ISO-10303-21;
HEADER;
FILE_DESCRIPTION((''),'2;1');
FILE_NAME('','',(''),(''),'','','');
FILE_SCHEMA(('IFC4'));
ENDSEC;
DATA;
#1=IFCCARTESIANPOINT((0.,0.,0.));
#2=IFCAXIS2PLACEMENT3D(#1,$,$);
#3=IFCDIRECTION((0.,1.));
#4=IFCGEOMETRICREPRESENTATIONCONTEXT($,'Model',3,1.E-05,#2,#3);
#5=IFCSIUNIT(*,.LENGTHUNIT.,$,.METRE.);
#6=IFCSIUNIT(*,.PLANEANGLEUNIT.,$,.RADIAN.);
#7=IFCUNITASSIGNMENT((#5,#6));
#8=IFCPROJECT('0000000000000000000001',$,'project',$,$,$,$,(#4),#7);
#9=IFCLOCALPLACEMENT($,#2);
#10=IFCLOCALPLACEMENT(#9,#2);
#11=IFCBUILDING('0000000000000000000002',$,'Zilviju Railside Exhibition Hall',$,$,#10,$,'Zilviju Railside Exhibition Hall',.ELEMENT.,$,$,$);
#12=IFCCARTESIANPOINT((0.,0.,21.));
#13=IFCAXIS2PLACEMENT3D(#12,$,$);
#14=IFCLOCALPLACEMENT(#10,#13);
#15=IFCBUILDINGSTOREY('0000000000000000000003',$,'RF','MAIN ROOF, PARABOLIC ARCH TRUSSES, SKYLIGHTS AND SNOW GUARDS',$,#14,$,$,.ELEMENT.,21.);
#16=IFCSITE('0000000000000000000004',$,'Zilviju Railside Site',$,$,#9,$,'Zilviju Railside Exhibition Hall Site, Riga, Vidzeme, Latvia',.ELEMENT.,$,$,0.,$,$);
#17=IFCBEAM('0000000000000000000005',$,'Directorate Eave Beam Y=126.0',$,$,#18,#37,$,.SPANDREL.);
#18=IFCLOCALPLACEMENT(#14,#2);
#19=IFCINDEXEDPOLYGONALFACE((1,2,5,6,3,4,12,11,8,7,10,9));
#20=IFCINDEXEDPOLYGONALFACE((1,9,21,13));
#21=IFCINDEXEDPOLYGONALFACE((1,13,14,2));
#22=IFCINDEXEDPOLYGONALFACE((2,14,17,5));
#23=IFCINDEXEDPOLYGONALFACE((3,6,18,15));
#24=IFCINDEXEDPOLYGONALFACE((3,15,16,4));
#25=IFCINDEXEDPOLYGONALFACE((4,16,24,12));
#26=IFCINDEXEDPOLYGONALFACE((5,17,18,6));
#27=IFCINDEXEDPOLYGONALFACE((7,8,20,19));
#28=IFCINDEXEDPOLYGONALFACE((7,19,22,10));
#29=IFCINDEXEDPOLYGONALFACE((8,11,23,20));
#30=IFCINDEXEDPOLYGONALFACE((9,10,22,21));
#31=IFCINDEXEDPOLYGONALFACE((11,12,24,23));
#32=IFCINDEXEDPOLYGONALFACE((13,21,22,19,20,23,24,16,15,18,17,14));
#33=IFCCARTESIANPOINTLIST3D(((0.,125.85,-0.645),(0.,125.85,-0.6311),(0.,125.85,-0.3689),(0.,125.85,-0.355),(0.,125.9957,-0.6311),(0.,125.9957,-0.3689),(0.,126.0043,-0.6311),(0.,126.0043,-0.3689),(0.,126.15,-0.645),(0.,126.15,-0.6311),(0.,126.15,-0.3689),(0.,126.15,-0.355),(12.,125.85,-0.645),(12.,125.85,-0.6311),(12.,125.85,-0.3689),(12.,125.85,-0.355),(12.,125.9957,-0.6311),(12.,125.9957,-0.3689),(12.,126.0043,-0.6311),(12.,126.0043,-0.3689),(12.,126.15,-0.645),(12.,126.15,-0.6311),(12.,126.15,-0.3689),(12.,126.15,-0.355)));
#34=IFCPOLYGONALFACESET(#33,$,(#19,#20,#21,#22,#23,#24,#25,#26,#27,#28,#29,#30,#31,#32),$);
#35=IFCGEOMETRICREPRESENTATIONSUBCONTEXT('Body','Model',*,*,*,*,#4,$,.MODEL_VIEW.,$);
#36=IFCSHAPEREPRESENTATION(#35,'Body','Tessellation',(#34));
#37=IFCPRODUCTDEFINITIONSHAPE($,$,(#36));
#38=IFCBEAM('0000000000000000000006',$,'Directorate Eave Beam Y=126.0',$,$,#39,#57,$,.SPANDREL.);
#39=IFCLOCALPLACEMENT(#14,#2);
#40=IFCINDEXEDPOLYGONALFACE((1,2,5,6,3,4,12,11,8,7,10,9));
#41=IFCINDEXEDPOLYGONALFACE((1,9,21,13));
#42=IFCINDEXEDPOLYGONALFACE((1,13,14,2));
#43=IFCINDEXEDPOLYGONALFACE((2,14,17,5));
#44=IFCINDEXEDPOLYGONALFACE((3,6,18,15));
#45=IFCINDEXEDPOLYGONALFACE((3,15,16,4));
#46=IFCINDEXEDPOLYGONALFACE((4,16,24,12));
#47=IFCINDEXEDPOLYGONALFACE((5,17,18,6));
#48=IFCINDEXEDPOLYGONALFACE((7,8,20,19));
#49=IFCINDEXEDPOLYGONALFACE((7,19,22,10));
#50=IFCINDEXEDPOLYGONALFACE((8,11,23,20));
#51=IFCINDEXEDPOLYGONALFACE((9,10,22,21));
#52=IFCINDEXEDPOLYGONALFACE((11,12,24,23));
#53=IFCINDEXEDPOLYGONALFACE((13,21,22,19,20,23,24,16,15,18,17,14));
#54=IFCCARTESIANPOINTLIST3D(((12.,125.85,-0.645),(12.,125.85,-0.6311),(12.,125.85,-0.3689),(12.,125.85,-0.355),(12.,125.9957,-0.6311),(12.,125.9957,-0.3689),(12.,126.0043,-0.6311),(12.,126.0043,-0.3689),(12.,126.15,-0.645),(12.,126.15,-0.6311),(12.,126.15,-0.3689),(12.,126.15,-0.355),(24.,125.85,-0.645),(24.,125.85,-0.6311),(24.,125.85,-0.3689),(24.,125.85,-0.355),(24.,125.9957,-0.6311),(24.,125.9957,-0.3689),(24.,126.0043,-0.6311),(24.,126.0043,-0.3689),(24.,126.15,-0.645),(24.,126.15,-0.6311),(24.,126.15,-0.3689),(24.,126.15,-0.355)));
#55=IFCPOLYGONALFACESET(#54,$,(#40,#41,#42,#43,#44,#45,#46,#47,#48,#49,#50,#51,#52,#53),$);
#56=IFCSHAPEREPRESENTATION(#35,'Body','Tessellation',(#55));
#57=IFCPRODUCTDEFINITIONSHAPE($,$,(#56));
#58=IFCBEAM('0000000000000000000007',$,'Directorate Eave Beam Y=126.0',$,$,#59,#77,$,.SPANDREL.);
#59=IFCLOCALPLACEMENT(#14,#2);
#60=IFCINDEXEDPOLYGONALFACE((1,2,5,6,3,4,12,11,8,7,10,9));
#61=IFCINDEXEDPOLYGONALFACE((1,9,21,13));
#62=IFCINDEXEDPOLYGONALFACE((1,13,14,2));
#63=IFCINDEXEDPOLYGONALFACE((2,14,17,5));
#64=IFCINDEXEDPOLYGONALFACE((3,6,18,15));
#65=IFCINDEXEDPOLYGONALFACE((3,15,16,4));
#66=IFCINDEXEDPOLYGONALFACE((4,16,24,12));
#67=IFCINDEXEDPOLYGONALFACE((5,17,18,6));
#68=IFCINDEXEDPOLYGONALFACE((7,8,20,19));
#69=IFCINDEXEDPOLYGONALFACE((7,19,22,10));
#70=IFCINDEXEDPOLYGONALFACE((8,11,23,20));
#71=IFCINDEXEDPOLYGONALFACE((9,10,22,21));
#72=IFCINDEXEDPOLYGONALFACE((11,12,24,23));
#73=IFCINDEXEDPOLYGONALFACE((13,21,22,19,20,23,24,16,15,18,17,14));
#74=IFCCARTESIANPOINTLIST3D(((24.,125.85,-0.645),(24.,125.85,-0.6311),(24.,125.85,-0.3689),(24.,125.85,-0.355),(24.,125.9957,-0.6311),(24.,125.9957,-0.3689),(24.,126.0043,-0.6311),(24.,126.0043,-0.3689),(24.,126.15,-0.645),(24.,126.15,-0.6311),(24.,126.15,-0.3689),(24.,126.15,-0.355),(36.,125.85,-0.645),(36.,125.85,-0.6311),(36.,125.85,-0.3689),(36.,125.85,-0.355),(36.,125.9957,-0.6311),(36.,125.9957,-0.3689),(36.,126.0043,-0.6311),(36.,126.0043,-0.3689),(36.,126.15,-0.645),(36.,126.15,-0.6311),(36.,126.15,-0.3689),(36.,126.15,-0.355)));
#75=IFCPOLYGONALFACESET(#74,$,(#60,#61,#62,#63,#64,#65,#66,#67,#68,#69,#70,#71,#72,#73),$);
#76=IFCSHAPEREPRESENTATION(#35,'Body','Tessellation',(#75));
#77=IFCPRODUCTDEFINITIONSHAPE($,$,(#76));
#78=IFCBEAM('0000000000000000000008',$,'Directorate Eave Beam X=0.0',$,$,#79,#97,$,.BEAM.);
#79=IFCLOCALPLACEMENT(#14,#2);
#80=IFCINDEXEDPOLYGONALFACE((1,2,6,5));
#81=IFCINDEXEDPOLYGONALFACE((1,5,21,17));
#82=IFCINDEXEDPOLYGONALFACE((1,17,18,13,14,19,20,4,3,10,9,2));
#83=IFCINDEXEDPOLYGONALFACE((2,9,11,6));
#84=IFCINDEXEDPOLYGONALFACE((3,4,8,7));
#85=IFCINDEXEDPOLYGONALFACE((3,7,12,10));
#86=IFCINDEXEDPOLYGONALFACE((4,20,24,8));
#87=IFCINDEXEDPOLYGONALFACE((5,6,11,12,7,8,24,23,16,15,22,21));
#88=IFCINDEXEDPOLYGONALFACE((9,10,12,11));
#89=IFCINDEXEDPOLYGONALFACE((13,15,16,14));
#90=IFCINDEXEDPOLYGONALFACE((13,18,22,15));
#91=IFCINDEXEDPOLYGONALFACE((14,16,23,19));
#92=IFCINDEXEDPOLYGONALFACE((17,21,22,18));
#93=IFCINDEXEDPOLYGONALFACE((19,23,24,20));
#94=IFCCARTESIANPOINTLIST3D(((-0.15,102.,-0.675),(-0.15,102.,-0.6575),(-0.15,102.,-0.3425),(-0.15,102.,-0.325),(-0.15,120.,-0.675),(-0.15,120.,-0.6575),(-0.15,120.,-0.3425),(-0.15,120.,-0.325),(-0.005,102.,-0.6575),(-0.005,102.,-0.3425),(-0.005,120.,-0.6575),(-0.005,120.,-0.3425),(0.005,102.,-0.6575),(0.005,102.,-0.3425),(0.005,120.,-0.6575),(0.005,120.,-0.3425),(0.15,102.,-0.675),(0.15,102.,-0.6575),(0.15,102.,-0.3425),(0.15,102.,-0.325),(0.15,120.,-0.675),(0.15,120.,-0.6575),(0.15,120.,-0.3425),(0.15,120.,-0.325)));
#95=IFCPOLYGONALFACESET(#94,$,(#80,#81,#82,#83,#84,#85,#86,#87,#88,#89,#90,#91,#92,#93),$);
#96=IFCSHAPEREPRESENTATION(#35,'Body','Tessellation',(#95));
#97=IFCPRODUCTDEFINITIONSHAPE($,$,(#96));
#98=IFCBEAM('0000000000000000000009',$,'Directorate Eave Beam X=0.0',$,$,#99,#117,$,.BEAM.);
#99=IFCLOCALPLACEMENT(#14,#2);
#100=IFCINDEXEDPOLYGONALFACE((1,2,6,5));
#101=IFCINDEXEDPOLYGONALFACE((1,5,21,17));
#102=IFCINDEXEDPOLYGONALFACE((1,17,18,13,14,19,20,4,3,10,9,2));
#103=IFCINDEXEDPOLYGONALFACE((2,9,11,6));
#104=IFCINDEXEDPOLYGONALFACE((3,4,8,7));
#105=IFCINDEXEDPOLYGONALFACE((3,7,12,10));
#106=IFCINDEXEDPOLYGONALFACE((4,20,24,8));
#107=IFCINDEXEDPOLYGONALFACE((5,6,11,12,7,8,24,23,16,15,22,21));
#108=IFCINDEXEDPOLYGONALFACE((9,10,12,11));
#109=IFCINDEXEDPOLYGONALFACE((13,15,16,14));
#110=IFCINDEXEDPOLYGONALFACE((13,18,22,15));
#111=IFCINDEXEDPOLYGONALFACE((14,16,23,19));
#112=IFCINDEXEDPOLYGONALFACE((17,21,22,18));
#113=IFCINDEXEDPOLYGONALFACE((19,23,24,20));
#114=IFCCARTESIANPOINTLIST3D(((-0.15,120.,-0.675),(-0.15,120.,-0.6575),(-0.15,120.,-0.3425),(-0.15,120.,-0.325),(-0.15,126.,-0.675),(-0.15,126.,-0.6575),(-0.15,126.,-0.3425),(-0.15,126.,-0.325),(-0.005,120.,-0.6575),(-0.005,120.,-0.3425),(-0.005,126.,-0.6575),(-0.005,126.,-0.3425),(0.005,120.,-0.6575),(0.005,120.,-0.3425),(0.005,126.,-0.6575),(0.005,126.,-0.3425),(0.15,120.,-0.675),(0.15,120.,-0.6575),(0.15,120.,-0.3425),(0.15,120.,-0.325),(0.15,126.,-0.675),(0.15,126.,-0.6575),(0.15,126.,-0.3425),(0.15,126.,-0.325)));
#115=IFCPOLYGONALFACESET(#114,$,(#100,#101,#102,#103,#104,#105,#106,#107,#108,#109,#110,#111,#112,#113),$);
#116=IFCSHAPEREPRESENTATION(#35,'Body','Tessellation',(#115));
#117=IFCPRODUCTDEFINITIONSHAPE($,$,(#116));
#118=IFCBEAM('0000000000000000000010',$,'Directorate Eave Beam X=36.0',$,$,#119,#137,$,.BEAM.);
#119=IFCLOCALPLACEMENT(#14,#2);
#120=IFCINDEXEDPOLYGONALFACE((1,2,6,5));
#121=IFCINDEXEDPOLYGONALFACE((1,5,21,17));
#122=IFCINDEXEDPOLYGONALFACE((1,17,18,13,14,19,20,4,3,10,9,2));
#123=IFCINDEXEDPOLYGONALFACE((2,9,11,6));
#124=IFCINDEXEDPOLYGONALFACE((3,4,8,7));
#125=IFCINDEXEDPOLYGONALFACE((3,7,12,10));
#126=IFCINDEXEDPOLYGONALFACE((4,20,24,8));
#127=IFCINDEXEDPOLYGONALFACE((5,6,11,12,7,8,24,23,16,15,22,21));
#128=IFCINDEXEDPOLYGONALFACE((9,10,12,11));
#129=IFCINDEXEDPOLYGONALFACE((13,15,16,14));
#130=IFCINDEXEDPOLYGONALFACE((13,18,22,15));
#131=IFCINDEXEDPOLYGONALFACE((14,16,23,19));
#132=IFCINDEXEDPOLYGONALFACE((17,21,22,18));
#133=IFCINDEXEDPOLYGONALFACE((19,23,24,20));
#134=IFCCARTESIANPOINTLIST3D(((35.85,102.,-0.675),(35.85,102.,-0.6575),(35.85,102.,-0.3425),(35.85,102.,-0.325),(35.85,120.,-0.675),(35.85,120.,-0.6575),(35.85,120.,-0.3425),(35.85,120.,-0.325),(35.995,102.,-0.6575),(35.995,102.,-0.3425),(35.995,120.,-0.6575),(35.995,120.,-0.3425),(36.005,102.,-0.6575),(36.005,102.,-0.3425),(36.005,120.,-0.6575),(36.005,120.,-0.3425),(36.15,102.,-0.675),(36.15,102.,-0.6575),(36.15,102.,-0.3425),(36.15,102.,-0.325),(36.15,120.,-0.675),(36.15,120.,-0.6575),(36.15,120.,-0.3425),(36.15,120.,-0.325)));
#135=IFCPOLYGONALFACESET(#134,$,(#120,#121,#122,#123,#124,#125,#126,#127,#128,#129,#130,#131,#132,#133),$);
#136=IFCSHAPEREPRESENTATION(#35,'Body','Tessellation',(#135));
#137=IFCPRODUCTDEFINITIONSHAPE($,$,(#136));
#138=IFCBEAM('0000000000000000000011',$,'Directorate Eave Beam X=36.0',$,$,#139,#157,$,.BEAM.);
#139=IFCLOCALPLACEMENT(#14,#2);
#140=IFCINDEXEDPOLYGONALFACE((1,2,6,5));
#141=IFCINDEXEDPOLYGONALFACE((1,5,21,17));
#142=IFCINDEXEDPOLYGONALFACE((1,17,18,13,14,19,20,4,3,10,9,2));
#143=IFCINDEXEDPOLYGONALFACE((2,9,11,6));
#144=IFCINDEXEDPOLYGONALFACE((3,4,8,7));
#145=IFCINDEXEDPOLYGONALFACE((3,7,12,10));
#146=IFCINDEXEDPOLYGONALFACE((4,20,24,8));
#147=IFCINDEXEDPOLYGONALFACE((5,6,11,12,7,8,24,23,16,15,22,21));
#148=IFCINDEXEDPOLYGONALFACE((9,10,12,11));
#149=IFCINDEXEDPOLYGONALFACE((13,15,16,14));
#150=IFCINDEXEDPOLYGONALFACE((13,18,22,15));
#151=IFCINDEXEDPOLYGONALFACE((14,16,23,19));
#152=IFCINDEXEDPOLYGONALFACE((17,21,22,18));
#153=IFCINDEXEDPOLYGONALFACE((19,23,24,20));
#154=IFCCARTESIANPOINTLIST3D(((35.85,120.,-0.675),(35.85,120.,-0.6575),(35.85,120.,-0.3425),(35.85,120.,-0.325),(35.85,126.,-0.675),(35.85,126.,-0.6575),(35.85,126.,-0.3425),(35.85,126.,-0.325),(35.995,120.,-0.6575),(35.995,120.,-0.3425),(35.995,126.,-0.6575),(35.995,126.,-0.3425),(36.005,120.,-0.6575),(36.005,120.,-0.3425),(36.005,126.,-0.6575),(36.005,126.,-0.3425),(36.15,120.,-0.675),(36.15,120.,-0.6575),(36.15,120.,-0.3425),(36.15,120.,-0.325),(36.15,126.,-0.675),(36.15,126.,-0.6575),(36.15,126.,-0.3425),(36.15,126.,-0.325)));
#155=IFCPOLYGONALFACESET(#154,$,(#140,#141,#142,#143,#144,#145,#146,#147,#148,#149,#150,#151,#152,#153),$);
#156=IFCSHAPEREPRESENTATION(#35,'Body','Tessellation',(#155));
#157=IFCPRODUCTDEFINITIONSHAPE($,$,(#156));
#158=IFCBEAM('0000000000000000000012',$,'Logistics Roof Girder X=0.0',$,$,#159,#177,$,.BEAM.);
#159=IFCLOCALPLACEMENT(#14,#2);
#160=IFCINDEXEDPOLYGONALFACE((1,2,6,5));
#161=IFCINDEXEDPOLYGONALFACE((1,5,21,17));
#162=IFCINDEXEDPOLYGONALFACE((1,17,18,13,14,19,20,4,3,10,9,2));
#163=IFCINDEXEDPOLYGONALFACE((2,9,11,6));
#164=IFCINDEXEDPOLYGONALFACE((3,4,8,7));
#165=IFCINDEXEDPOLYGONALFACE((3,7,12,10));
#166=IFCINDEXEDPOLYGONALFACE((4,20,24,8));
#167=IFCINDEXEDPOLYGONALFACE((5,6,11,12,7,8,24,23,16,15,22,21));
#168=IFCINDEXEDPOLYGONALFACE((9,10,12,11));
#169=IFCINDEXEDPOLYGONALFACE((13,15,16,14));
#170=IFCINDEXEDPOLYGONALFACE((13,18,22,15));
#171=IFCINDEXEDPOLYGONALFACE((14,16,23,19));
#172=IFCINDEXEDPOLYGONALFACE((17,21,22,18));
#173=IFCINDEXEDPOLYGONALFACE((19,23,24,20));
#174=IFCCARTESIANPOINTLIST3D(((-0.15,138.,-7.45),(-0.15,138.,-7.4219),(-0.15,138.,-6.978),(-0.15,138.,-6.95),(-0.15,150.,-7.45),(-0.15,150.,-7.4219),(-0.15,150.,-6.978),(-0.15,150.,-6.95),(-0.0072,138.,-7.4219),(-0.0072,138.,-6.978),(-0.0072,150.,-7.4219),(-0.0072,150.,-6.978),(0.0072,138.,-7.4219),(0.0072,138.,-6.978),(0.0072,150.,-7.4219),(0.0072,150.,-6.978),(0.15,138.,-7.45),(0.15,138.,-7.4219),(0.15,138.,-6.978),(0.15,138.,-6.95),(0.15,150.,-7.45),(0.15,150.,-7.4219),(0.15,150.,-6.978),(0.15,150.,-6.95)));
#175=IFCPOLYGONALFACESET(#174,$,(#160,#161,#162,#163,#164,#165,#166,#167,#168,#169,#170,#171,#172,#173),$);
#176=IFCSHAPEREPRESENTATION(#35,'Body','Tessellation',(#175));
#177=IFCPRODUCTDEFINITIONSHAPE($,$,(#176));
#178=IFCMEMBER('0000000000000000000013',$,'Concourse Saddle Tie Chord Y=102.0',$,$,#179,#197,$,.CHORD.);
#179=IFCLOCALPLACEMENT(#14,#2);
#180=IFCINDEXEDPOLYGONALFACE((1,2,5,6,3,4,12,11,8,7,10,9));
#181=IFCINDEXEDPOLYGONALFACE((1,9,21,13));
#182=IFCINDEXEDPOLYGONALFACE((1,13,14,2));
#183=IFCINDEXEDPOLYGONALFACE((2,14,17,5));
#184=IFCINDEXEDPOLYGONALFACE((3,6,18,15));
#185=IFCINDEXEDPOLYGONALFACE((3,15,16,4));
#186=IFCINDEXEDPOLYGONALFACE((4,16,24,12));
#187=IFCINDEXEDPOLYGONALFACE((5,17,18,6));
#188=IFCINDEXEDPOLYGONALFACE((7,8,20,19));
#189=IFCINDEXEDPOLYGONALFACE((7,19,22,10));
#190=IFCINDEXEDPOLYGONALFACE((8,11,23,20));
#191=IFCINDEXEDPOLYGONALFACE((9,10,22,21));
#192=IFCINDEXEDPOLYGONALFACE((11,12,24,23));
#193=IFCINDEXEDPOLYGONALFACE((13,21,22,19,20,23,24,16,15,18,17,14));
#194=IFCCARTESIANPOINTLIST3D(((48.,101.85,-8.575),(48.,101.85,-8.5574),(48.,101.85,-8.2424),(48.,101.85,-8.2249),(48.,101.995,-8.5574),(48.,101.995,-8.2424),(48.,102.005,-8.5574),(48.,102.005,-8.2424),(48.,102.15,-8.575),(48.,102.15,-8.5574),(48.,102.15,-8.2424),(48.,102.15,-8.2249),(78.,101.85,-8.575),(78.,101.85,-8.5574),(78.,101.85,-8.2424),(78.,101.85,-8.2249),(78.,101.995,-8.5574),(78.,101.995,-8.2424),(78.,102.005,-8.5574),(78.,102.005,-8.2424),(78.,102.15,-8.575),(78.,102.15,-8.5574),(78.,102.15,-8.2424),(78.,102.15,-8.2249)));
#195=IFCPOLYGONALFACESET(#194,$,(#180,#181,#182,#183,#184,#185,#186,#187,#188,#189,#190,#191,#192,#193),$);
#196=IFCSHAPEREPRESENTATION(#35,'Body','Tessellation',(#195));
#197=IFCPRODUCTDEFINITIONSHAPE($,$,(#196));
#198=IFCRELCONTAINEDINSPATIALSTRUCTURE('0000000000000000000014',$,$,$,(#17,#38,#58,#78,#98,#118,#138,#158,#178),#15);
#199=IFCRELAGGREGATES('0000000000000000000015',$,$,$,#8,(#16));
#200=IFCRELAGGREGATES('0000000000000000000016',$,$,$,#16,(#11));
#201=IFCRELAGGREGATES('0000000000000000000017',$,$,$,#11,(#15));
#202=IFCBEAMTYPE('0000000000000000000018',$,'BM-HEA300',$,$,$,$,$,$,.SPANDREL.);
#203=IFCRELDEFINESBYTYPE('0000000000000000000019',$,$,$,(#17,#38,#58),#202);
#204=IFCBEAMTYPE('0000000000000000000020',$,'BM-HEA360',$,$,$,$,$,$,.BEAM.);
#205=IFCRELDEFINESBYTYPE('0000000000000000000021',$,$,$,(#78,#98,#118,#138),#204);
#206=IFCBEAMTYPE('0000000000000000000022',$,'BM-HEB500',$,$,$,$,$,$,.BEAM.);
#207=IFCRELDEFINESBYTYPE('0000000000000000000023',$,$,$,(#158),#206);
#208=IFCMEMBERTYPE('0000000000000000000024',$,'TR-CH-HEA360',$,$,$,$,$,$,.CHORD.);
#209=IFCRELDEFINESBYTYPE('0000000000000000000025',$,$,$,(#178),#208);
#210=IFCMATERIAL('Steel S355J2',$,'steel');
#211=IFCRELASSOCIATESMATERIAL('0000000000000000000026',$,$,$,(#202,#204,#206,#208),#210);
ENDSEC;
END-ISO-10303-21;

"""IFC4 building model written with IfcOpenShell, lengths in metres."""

from ifc_helpers import new_model, si_unit, direction, frame, origin, origin_2d, place, context, subcontext, project, spatial, i_section, extrude, material, material_profile, profile_set, type_object, element, save


model = new_model("IFC4")

# Units and contexts
model_context = context("Model", 3, precision=1e-05, world=origin(), true_north=direction((0.0, 1.0)))
body_context = subcontext(model_context, "Body", "Model", "MODEL_VIEW")
ifc_project = project(units=[si_unit("LENGTHUNIT", "METRE"), si_unit("PLANEANGLEUNIT", "RADIAN")], contexts=[model_context])

# Site, building, storey
site_placement = place(None, origin())
site = spatial("IfcSite", under=ifc_project, at=site_placement, Name="Zilviju Railside Site", LongName="Zilviju Railside Exhibition Hall Site, Riga, Vidzeme, Latvia", CompositionType="ELEMENT", RefElevation=0.0)
building_placement = place(site_placement, origin())
building = spatial("IfcBuilding", under=site, at=building_placement, Name="Zilviju Railside Exhibition Hall", LongName="Zilviju Railside Exhibition Hall", CompositionType="ELEMENT")
storey_placement = place(building_placement, frame((0.0, 0.0, 21.0)))
storey = spatial("IfcBuildingStorey", under=building, at=storey_placement, Name="RF", Description="MAIN ROOF, PARABOLIC ARCH TRUSSES, SKYLIGHTS AND SNOW GUARDS", CompositionType="ELEMENT", Elevation=21.0)

# Beams
ifc_material_1 = material(Name="Steel S355J2", Category="steel")
ifc_material_profile_1 = material_profile(ifc_material_1, i_section(OverallWidth=0.3, OverallDepth=0.29, WebThickness=0.0085, FlangeThickness=0.0139, at=origin_2d()), Name="HEA 300")
ifc_profile_set_1 = profile_set([ifc_material_profile_1], Name="Steel S355J2")
beam_type_1 = type_object("IfcBeamType", Name="BM-HEA300", PredefinedType="SPANDREL", material=ifc_profile_set_1)
for number, where, z_axis, x_axis, name in (
    (1, (0.0, 126.0, -0.5), (1.0, 0.0, 0.0), (0.0, 1.0, 0.0), "Directorate Eave Beam Y=126.0"),
    (2, (12.0, 126.0, -0.5), (1.0, 0.0, 0.0), (0.0, 1.0, 0.0), "Directorate Eave Beam Y=126.0"),
    (3, (24.0, 126.0, -0.5), (1.0, 0.0, 0.0), (0.0, 1.0, 0.0), "Directorate Eave Beam Y=126.0"),
):
    element("IfcBeam", number, at=place(storey_placement, frame(where, z_axis=z_axis, x_axis=x_axis)), inside=storey, type_object=beam_type_1, Name=name, PredefinedType="SPANDREL", context=body_context, shape_type="SweptSolid", body=[
        extrude(i_section(OverallWidth=0.3, OverallDepth=0.29, WebThickness=0.0085, FlangeThickness=0.0139, at=origin_2d()), origin(), (0.0, 0.0, 1.0), 12.0),
    ])
ifc_material_profile_2 = material_profile(ifc_material_1, i_section(OverallWidth=0.3, OverallDepth=0.3501, WebThickness=0.01, FlangeThickness=0.0176, at=origin_2d()), Name="HEA 360")
ifc_profile_set_2 = profile_set([ifc_material_profile_2], Name="Steel S355J2")
beam_type_2 = type_object("IfcBeamType", Name="BM-HEA360", PredefinedType="BEAM", material=ifc_profile_set_2)
beam_1_placement = place(storey_placement, frame((0.0, 102.0, -0.5), z_axis=(0.0, 1.0, 0.0), x_axis=(-1.0, 0.0, 0.0)))
element("IfcBeam", 4, at=beam_1_placement, inside=storey, type_object=beam_type_2, Name="Directorate Eave Beam X=0.0", PredefinedType="BEAM", context=body_context, shape_type="SweptSolid", body=[
    extrude(i_section(OverallWidth=0.3, OverallDepth=0.3501, WebThickness=0.01, FlangeThickness=0.0176, at=origin_2d()), origin(), (0.0, 0.0, 1.0), 18.0),
])
beam_2_placement = place(storey_placement, frame((0.0, 120.0, -0.5), z_axis=(0.0, 1.0, 0.0), x_axis=(-1.0, 0.0, 0.0)))
element("IfcBeam", 5, at=beam_2_placement, inside=storey, type_object=beam_type_2, Name="Directorate Eave Beam X=0.0", PredefinedType="BEAM", context=body_context, shape_type="SweptSolid", body=[
    extrude(i_section(OverallWidth=0.3, OverallDepth=0.3501, WebThickness=0.01, FlangeThickness=0.0176, at=origin_2d()), origin(), (0.0, 0.0, 1.0), 6.0),
])
beam_3_placement = place(storey_placement, frame((36.0, 102.0, -0.5), z_axis=(0.0, 1.0, 0.0), x_axis=(-1.0, 0.0, 0.0)))
element("IfcBeam", 6, at=beam_3_placement, inside=storey, type_object=beam_type_2, Name="Directorate Eave Beam X=36.0", PredefinedType="BEAM", context=body_context, shape_type="SweptSolid", body=[
    extrude(i_section(OverallWidth=0.3, OverallDepth=0.3501, WebThickness=0.01, FlangeThickness=0.0176, at=origin_2d()), origin(), (0.0, 0.0, 1.0), 18.0),
])
beam_4_placement = place(storey_placement, frame((36.0, 120.0, -0.5), z_axis=(0.0, 1.0, 0.0), x_axis=(-1.0, 0.0, 0.0)))
element("IfcBeam", 7, at=beam_4_placement, inside=storey, type_object=beam_type_2, Name="Directorate Eave Beam X=36.0", PredefinedType="BEAM", context=body_context, shape_type="SweptSolid", body=[
    extrude(i_section(OverallWidth=0.3, OverallDepth=0.3501, WebThickness=0.01, FlangeThickness=0.0176, at=origin_2d()), origin(), (0.0, 0.0, 1.0), 6.0),
])
ifc_material_profile_3 = material_profile(ifc_material_1, i_section(OverallWidth=0.3, OverallDepth=0.5, WebThickness=0.0144, FlangeThickness=0.0281, at=origin_2d()), Name="HEB 500")
ifc_profile_set_3 = profile_set([ifc_material_profile_3], Name="Steel S355J2")
beam_type_3 = type_object("IfcBeamType", Name="BM-HEB500", PredefinedType="BEAM", material=ifc_profile_set_3)
beam_5_placement = place(storey_placement, frame((0.0, 138.0, -7.2), z_axis=(0.0, 1.0, 0.0), x_axis=(-1.0, 0.0, 0.0)))
element("IfcBeam", 8, at=beam_5_placement, inside=storey, type_object=beam_type_3, Name="Logistics Roof Girder X=0.0", PredefinedType="BEAM", context=body_context, shape_type="SweptSolid", body=[
    extrude(i_section(OverallWidth=0.3, OverallDepth=0.5, WebThickness=0.0144, FlangeThickness=0.0281, at=origin_2d()), origin(), (0.0, 0.0, 1.0), 12.0),
])

# Member
ifc_material_profile_4 = material_profile(ifc_material_1, i_section(OverallWidth=0.3, OverallDepth=0.3501, WebThickness=0.01, FlangeThickness=0.0176, at=origin_2d()), Name="HEA 360")
ifc_profile_set_4 = profile_set([ifc_material_profile_4], Name="Steel S355J2")
member_type_1 = type_object("IfcMemberType", Name="TR-CH-HEA360", PredefinedType="CHORD", material=ifc_profile_set_4)
member_1_placement = place(storey_placement, frame((48.0, 102.0, -8.3999), z_axis=(1.0, 0.0, 0.0), x_axis=(0.0, 1.0, 0.0)))
element("IfcMember", 9, at=member_1_placement, inside=storey, type_object=member_type_1, Name="Concourse Saddle Tie Chord Y=102.0", PredefinedType="CHORD", context=body_context, shape_type="SweptSolid", body=[
    extrude(i_section(OverallWidth=0.3, OverallDepth=0.3501, WebThickness=0.01, FlangeThickness=0.0176, at=origin_2d()), origin(), (0.0, 0.0, 1.0), 30.0),
])

save(model, "model.ifc")
